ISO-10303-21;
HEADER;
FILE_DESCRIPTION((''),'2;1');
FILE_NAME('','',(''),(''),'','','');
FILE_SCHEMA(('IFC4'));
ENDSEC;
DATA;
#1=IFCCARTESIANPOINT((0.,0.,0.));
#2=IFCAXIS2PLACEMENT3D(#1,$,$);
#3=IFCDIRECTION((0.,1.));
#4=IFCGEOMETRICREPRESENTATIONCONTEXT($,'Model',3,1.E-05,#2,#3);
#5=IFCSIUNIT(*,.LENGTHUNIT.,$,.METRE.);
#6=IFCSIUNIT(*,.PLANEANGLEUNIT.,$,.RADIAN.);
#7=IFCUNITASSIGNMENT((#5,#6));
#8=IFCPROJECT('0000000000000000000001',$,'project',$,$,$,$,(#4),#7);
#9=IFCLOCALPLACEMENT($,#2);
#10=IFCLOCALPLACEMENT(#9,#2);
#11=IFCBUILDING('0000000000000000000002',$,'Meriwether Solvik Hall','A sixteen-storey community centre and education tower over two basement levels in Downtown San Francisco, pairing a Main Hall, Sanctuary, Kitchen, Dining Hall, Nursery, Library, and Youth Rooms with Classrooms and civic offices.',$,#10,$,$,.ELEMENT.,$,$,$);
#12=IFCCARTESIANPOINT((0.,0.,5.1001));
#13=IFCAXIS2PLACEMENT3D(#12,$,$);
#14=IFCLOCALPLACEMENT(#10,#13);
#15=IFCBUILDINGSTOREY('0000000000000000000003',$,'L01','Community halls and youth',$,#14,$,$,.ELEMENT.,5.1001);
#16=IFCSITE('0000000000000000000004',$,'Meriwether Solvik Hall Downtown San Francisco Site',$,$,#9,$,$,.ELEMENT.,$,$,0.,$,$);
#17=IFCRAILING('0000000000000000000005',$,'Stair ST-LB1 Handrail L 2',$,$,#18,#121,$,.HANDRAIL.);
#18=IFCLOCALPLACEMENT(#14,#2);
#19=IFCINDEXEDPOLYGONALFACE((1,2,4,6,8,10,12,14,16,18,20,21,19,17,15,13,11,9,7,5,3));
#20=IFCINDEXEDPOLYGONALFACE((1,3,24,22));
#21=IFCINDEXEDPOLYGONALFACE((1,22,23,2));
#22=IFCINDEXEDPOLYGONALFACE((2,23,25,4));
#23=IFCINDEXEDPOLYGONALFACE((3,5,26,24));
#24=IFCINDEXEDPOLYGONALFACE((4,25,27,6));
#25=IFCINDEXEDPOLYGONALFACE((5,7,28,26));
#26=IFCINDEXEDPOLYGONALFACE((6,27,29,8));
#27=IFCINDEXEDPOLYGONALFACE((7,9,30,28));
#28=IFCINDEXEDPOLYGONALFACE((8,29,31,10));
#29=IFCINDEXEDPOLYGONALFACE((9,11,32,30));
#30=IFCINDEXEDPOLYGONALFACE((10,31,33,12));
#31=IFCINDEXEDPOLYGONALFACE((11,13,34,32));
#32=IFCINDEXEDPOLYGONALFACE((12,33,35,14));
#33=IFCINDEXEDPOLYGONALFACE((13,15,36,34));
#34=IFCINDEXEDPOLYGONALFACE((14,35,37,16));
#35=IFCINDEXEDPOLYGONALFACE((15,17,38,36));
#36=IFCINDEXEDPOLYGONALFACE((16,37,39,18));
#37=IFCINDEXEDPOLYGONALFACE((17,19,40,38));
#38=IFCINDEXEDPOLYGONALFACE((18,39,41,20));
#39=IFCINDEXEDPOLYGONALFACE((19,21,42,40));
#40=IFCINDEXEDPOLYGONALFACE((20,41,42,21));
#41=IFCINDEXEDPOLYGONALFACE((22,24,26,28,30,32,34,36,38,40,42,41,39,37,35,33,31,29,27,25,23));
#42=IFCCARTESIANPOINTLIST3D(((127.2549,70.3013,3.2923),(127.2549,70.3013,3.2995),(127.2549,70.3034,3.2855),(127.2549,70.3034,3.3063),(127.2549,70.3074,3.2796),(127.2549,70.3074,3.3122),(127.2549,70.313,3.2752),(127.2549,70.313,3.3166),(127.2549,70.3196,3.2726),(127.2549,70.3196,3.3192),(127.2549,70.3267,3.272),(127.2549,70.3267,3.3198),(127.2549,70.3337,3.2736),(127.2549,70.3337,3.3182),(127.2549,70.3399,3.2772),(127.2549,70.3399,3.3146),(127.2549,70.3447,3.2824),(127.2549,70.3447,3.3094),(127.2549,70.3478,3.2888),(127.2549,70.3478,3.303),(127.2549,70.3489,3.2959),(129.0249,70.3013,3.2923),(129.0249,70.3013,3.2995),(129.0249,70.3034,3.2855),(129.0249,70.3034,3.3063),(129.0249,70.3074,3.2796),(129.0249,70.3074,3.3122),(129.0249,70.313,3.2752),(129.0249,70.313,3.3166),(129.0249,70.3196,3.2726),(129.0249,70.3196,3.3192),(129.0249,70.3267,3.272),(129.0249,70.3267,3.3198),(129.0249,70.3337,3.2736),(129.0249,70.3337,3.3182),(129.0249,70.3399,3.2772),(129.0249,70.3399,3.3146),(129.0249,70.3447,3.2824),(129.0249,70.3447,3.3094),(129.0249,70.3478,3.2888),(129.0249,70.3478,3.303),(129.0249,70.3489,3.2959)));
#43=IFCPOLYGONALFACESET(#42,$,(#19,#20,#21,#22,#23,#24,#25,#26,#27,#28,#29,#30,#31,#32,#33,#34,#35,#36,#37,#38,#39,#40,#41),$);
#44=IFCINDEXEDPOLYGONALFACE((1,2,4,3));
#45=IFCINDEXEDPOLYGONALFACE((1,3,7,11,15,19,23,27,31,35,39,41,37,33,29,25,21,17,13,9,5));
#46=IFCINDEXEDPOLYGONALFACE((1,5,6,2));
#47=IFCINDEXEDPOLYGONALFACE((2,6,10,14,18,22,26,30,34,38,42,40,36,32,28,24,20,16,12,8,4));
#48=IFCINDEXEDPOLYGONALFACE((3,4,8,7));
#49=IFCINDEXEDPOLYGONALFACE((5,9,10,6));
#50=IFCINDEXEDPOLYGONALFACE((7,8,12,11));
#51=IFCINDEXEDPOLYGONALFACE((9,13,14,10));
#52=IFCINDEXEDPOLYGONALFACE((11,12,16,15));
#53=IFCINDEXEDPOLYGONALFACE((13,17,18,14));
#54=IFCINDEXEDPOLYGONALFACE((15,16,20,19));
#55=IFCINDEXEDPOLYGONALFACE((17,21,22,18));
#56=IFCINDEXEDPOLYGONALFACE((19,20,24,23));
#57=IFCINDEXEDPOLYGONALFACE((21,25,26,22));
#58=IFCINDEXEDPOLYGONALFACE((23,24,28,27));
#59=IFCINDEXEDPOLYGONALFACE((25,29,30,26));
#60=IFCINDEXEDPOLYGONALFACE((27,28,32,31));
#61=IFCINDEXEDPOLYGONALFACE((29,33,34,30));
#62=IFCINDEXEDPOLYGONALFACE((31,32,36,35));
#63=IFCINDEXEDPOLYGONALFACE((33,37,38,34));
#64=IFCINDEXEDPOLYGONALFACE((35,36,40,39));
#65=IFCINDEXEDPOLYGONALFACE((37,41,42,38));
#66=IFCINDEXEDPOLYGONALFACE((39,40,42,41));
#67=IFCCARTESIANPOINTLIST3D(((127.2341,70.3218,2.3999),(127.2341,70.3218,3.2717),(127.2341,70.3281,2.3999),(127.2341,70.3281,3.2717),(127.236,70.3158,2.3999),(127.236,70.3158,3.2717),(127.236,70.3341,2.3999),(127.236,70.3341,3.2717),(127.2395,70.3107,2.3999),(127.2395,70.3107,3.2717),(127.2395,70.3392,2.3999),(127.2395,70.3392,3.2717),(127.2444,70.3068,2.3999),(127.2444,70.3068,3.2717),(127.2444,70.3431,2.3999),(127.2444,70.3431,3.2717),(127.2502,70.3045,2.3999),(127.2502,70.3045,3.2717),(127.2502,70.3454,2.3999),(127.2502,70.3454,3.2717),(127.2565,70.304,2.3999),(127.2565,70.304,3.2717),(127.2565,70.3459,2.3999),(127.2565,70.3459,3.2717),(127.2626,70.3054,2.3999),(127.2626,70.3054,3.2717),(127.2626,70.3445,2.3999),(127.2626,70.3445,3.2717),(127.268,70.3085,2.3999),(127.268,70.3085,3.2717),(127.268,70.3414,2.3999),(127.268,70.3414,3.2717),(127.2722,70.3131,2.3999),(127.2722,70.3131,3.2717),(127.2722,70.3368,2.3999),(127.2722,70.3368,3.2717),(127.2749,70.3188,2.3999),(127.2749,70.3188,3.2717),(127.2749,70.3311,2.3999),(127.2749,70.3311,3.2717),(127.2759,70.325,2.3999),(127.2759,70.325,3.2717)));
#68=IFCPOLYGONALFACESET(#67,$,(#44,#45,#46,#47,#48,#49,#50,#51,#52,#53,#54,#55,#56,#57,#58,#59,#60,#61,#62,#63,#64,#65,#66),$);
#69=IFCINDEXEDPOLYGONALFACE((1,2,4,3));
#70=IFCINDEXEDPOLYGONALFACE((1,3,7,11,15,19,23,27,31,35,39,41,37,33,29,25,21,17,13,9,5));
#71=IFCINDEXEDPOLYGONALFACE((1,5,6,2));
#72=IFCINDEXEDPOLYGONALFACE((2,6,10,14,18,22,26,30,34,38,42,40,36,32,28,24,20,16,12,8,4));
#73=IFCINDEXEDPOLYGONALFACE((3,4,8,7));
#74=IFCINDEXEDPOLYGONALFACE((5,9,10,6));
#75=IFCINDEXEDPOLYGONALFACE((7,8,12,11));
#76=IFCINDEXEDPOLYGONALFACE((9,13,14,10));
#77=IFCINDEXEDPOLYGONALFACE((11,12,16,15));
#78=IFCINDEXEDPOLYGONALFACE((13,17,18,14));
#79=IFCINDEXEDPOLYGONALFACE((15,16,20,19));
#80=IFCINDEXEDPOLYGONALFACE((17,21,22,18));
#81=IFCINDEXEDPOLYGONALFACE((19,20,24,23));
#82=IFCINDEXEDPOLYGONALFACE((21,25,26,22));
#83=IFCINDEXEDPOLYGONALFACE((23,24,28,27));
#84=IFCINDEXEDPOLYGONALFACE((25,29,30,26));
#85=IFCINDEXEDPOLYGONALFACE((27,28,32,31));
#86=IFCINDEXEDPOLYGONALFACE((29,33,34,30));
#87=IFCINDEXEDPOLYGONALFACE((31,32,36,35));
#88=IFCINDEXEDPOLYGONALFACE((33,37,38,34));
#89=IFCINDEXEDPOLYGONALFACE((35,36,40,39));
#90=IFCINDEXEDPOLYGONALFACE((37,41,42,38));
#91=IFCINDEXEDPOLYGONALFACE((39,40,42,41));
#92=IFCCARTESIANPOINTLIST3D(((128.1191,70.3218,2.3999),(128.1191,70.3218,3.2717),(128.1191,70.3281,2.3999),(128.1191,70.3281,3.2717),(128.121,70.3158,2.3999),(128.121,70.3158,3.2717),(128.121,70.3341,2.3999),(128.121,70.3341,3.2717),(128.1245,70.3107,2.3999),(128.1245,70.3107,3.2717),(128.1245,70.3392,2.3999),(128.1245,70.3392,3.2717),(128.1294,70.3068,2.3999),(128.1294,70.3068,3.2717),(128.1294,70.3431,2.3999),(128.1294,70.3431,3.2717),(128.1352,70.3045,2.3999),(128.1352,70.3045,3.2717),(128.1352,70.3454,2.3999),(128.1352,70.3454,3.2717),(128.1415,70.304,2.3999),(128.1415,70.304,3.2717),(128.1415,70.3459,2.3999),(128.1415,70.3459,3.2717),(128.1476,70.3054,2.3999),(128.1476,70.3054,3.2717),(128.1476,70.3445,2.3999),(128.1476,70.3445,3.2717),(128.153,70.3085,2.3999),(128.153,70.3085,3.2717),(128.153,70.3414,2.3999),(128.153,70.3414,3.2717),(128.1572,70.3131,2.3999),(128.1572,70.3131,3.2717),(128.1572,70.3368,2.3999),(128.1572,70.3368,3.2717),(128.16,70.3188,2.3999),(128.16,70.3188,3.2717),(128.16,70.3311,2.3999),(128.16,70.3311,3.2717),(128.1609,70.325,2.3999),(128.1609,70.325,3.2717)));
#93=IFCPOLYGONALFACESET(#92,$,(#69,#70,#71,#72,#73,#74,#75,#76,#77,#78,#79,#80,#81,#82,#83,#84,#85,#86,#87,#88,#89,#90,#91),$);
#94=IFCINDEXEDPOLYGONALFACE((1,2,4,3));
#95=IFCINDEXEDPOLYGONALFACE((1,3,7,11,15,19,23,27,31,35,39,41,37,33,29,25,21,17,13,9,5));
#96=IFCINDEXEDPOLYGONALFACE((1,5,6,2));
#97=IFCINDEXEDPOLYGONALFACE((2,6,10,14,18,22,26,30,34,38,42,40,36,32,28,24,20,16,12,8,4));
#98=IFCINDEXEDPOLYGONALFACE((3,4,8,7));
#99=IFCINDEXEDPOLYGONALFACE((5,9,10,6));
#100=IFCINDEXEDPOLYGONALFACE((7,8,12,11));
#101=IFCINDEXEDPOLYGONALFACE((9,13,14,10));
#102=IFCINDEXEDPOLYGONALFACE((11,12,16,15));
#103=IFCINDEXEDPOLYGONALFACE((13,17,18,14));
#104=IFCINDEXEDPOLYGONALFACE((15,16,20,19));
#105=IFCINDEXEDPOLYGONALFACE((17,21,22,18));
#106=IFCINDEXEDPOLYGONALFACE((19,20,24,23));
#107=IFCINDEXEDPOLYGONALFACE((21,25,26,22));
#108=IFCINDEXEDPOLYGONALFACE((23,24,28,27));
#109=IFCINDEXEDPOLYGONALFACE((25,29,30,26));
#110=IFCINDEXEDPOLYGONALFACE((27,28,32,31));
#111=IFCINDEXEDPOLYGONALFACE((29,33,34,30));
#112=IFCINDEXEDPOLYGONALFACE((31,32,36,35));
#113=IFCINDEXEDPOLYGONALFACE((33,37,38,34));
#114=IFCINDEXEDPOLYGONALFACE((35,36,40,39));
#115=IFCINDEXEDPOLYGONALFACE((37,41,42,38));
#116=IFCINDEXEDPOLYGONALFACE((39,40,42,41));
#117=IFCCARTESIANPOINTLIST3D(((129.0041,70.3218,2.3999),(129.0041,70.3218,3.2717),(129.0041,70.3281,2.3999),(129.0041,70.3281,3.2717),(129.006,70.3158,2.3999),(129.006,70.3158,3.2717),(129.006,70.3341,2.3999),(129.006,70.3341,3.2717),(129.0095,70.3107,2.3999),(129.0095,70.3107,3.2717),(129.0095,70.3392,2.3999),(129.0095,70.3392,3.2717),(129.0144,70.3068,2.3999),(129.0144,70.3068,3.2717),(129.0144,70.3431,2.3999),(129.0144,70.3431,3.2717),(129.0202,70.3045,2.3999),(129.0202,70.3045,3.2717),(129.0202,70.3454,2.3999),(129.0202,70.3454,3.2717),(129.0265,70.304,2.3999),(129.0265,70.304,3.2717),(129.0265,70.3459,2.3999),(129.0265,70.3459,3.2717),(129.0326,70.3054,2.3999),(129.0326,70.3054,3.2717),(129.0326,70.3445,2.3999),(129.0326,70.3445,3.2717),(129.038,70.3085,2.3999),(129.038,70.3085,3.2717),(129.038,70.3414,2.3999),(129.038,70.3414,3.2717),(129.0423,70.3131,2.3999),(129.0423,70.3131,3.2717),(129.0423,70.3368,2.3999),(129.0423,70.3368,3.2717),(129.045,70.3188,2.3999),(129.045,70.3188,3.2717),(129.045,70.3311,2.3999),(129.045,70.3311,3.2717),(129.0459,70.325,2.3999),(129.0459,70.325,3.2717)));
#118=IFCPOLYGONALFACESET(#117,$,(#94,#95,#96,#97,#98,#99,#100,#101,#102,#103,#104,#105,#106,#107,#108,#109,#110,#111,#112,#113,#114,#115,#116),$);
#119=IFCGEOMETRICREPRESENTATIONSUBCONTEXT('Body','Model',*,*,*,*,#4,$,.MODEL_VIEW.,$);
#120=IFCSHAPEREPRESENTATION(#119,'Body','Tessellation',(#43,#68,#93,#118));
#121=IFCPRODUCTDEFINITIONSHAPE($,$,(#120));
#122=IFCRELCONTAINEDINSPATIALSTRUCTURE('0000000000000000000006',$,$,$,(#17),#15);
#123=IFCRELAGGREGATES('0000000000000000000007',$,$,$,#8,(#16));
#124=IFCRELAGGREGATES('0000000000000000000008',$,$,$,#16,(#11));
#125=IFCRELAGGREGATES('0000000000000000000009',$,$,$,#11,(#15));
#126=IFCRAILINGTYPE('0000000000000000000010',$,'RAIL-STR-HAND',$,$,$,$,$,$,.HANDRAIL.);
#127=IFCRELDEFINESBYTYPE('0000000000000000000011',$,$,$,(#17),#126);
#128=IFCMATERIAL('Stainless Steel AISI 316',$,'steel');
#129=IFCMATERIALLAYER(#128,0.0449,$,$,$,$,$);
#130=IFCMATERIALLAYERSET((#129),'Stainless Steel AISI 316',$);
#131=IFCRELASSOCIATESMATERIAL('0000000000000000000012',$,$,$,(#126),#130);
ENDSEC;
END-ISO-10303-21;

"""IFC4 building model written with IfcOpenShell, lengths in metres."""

from ifc_helpers import new_model, si_unit, direction, frame, origin, origin_2d, place, context, subcontext, project, spatial, circle, extrude, material, layer, layer_set, type_object, element, save


model = new_model("IFC4")

# Units and contexts
model_context = context("Model", 3, precision=1e-05, world=origin(), true_north=direction((0.0, 1.0)))
body_context = subcontext(model_context, "Body", "Model", "MODEL_VIEW")
ifc_project = project(units=[si_unit("LENGTHUNIT", "METRE"), si_unit("PLANEANGLEUNIT", "RADIAN")], contexts=[model_context])

# Site, building, storey
site_placement = place(None, origin())
site = spatial("IfcSite", under=ifc_project, at=site_placement, Name="Meriwether Solvik Hall Downtown San Francisco Site", CompositionType="ELEMENT", RefElevation=0.0)
building_placement = place(site_placement, origin())
building = spatial("IfcBuilding", under=site, at=building_placement, Name="Meriwether Solvik Hall", Description="A sixteen-storey community centre and education tower over two basement levels in Downtown San Francisco, pairing a Main Hall, Sanctuary, Kitchen, Dining Hall, Nursery, Library, and Youth Rooms with Classrooms and civic offices.", CompositionType="ELEMENT")
storey_placement = place(building_placement, frame((0.0, 0.0, 5.1001)))
storey = spatial("IfcBuildingStorey", under=building, at=storey_placement, Name="L01", Description="Community halls and youth", CompositionType="ELEMENT", Elevation=5.1001)

# Railing
ifc_material_1 = material(Name="Stainless Steel AISI 316", Category="steel")
ifc_layer_1 = layer(ifc_material_1, 0.0449)
ifc_layer_set_1 = layer_set([ifc_layer_1], Name="Stainless Steel AISI 316")
railing_type_1 = type_object("IfcRailingType", Name="RAIL-STR-HAND", PredefinedType="HANDRAIL", material=ifc_layer_set_1)
railing_1_placement = place(storey_placement, frame((127.2549, 70.325, 2.3999)))
element("IfcRailing", 1, at=railing_1_placement, inside=storey, type_object=railing_type_1, Name="Stair ST-LB1 Handrail L 2", PredefinedType="HANDRAIL", context=body_context, shape_type="SweptSolid", body=[
    extrude(circle(Radius=0.0239, at=origin_2d()), frame((0.0, 0.0, 0.896), z_axis=(1.0, 0.0, 0.0), x_axis=(0.0, 1.0, 0.0)), (0.0, 0.0, 1.0), 1.77),
    extrude(circle(Radius=0.021, at=origin_2d()), origin(), (0.0, 0.0, 1.0), 0.8718),
    extrude(circle(Radius=0.021, at=origin_2d()), frame((0.885, 0.0, 0.0)), (0.0, 0.0, 1.0), 0.8718),
    extrude(circle(Radius=0.021, at=origin_2d()), frame((1.77, 0.0, 0.0)), (0.0, 0.0, 1.0), 0.8718),
])

save(model, "model.ifc")
